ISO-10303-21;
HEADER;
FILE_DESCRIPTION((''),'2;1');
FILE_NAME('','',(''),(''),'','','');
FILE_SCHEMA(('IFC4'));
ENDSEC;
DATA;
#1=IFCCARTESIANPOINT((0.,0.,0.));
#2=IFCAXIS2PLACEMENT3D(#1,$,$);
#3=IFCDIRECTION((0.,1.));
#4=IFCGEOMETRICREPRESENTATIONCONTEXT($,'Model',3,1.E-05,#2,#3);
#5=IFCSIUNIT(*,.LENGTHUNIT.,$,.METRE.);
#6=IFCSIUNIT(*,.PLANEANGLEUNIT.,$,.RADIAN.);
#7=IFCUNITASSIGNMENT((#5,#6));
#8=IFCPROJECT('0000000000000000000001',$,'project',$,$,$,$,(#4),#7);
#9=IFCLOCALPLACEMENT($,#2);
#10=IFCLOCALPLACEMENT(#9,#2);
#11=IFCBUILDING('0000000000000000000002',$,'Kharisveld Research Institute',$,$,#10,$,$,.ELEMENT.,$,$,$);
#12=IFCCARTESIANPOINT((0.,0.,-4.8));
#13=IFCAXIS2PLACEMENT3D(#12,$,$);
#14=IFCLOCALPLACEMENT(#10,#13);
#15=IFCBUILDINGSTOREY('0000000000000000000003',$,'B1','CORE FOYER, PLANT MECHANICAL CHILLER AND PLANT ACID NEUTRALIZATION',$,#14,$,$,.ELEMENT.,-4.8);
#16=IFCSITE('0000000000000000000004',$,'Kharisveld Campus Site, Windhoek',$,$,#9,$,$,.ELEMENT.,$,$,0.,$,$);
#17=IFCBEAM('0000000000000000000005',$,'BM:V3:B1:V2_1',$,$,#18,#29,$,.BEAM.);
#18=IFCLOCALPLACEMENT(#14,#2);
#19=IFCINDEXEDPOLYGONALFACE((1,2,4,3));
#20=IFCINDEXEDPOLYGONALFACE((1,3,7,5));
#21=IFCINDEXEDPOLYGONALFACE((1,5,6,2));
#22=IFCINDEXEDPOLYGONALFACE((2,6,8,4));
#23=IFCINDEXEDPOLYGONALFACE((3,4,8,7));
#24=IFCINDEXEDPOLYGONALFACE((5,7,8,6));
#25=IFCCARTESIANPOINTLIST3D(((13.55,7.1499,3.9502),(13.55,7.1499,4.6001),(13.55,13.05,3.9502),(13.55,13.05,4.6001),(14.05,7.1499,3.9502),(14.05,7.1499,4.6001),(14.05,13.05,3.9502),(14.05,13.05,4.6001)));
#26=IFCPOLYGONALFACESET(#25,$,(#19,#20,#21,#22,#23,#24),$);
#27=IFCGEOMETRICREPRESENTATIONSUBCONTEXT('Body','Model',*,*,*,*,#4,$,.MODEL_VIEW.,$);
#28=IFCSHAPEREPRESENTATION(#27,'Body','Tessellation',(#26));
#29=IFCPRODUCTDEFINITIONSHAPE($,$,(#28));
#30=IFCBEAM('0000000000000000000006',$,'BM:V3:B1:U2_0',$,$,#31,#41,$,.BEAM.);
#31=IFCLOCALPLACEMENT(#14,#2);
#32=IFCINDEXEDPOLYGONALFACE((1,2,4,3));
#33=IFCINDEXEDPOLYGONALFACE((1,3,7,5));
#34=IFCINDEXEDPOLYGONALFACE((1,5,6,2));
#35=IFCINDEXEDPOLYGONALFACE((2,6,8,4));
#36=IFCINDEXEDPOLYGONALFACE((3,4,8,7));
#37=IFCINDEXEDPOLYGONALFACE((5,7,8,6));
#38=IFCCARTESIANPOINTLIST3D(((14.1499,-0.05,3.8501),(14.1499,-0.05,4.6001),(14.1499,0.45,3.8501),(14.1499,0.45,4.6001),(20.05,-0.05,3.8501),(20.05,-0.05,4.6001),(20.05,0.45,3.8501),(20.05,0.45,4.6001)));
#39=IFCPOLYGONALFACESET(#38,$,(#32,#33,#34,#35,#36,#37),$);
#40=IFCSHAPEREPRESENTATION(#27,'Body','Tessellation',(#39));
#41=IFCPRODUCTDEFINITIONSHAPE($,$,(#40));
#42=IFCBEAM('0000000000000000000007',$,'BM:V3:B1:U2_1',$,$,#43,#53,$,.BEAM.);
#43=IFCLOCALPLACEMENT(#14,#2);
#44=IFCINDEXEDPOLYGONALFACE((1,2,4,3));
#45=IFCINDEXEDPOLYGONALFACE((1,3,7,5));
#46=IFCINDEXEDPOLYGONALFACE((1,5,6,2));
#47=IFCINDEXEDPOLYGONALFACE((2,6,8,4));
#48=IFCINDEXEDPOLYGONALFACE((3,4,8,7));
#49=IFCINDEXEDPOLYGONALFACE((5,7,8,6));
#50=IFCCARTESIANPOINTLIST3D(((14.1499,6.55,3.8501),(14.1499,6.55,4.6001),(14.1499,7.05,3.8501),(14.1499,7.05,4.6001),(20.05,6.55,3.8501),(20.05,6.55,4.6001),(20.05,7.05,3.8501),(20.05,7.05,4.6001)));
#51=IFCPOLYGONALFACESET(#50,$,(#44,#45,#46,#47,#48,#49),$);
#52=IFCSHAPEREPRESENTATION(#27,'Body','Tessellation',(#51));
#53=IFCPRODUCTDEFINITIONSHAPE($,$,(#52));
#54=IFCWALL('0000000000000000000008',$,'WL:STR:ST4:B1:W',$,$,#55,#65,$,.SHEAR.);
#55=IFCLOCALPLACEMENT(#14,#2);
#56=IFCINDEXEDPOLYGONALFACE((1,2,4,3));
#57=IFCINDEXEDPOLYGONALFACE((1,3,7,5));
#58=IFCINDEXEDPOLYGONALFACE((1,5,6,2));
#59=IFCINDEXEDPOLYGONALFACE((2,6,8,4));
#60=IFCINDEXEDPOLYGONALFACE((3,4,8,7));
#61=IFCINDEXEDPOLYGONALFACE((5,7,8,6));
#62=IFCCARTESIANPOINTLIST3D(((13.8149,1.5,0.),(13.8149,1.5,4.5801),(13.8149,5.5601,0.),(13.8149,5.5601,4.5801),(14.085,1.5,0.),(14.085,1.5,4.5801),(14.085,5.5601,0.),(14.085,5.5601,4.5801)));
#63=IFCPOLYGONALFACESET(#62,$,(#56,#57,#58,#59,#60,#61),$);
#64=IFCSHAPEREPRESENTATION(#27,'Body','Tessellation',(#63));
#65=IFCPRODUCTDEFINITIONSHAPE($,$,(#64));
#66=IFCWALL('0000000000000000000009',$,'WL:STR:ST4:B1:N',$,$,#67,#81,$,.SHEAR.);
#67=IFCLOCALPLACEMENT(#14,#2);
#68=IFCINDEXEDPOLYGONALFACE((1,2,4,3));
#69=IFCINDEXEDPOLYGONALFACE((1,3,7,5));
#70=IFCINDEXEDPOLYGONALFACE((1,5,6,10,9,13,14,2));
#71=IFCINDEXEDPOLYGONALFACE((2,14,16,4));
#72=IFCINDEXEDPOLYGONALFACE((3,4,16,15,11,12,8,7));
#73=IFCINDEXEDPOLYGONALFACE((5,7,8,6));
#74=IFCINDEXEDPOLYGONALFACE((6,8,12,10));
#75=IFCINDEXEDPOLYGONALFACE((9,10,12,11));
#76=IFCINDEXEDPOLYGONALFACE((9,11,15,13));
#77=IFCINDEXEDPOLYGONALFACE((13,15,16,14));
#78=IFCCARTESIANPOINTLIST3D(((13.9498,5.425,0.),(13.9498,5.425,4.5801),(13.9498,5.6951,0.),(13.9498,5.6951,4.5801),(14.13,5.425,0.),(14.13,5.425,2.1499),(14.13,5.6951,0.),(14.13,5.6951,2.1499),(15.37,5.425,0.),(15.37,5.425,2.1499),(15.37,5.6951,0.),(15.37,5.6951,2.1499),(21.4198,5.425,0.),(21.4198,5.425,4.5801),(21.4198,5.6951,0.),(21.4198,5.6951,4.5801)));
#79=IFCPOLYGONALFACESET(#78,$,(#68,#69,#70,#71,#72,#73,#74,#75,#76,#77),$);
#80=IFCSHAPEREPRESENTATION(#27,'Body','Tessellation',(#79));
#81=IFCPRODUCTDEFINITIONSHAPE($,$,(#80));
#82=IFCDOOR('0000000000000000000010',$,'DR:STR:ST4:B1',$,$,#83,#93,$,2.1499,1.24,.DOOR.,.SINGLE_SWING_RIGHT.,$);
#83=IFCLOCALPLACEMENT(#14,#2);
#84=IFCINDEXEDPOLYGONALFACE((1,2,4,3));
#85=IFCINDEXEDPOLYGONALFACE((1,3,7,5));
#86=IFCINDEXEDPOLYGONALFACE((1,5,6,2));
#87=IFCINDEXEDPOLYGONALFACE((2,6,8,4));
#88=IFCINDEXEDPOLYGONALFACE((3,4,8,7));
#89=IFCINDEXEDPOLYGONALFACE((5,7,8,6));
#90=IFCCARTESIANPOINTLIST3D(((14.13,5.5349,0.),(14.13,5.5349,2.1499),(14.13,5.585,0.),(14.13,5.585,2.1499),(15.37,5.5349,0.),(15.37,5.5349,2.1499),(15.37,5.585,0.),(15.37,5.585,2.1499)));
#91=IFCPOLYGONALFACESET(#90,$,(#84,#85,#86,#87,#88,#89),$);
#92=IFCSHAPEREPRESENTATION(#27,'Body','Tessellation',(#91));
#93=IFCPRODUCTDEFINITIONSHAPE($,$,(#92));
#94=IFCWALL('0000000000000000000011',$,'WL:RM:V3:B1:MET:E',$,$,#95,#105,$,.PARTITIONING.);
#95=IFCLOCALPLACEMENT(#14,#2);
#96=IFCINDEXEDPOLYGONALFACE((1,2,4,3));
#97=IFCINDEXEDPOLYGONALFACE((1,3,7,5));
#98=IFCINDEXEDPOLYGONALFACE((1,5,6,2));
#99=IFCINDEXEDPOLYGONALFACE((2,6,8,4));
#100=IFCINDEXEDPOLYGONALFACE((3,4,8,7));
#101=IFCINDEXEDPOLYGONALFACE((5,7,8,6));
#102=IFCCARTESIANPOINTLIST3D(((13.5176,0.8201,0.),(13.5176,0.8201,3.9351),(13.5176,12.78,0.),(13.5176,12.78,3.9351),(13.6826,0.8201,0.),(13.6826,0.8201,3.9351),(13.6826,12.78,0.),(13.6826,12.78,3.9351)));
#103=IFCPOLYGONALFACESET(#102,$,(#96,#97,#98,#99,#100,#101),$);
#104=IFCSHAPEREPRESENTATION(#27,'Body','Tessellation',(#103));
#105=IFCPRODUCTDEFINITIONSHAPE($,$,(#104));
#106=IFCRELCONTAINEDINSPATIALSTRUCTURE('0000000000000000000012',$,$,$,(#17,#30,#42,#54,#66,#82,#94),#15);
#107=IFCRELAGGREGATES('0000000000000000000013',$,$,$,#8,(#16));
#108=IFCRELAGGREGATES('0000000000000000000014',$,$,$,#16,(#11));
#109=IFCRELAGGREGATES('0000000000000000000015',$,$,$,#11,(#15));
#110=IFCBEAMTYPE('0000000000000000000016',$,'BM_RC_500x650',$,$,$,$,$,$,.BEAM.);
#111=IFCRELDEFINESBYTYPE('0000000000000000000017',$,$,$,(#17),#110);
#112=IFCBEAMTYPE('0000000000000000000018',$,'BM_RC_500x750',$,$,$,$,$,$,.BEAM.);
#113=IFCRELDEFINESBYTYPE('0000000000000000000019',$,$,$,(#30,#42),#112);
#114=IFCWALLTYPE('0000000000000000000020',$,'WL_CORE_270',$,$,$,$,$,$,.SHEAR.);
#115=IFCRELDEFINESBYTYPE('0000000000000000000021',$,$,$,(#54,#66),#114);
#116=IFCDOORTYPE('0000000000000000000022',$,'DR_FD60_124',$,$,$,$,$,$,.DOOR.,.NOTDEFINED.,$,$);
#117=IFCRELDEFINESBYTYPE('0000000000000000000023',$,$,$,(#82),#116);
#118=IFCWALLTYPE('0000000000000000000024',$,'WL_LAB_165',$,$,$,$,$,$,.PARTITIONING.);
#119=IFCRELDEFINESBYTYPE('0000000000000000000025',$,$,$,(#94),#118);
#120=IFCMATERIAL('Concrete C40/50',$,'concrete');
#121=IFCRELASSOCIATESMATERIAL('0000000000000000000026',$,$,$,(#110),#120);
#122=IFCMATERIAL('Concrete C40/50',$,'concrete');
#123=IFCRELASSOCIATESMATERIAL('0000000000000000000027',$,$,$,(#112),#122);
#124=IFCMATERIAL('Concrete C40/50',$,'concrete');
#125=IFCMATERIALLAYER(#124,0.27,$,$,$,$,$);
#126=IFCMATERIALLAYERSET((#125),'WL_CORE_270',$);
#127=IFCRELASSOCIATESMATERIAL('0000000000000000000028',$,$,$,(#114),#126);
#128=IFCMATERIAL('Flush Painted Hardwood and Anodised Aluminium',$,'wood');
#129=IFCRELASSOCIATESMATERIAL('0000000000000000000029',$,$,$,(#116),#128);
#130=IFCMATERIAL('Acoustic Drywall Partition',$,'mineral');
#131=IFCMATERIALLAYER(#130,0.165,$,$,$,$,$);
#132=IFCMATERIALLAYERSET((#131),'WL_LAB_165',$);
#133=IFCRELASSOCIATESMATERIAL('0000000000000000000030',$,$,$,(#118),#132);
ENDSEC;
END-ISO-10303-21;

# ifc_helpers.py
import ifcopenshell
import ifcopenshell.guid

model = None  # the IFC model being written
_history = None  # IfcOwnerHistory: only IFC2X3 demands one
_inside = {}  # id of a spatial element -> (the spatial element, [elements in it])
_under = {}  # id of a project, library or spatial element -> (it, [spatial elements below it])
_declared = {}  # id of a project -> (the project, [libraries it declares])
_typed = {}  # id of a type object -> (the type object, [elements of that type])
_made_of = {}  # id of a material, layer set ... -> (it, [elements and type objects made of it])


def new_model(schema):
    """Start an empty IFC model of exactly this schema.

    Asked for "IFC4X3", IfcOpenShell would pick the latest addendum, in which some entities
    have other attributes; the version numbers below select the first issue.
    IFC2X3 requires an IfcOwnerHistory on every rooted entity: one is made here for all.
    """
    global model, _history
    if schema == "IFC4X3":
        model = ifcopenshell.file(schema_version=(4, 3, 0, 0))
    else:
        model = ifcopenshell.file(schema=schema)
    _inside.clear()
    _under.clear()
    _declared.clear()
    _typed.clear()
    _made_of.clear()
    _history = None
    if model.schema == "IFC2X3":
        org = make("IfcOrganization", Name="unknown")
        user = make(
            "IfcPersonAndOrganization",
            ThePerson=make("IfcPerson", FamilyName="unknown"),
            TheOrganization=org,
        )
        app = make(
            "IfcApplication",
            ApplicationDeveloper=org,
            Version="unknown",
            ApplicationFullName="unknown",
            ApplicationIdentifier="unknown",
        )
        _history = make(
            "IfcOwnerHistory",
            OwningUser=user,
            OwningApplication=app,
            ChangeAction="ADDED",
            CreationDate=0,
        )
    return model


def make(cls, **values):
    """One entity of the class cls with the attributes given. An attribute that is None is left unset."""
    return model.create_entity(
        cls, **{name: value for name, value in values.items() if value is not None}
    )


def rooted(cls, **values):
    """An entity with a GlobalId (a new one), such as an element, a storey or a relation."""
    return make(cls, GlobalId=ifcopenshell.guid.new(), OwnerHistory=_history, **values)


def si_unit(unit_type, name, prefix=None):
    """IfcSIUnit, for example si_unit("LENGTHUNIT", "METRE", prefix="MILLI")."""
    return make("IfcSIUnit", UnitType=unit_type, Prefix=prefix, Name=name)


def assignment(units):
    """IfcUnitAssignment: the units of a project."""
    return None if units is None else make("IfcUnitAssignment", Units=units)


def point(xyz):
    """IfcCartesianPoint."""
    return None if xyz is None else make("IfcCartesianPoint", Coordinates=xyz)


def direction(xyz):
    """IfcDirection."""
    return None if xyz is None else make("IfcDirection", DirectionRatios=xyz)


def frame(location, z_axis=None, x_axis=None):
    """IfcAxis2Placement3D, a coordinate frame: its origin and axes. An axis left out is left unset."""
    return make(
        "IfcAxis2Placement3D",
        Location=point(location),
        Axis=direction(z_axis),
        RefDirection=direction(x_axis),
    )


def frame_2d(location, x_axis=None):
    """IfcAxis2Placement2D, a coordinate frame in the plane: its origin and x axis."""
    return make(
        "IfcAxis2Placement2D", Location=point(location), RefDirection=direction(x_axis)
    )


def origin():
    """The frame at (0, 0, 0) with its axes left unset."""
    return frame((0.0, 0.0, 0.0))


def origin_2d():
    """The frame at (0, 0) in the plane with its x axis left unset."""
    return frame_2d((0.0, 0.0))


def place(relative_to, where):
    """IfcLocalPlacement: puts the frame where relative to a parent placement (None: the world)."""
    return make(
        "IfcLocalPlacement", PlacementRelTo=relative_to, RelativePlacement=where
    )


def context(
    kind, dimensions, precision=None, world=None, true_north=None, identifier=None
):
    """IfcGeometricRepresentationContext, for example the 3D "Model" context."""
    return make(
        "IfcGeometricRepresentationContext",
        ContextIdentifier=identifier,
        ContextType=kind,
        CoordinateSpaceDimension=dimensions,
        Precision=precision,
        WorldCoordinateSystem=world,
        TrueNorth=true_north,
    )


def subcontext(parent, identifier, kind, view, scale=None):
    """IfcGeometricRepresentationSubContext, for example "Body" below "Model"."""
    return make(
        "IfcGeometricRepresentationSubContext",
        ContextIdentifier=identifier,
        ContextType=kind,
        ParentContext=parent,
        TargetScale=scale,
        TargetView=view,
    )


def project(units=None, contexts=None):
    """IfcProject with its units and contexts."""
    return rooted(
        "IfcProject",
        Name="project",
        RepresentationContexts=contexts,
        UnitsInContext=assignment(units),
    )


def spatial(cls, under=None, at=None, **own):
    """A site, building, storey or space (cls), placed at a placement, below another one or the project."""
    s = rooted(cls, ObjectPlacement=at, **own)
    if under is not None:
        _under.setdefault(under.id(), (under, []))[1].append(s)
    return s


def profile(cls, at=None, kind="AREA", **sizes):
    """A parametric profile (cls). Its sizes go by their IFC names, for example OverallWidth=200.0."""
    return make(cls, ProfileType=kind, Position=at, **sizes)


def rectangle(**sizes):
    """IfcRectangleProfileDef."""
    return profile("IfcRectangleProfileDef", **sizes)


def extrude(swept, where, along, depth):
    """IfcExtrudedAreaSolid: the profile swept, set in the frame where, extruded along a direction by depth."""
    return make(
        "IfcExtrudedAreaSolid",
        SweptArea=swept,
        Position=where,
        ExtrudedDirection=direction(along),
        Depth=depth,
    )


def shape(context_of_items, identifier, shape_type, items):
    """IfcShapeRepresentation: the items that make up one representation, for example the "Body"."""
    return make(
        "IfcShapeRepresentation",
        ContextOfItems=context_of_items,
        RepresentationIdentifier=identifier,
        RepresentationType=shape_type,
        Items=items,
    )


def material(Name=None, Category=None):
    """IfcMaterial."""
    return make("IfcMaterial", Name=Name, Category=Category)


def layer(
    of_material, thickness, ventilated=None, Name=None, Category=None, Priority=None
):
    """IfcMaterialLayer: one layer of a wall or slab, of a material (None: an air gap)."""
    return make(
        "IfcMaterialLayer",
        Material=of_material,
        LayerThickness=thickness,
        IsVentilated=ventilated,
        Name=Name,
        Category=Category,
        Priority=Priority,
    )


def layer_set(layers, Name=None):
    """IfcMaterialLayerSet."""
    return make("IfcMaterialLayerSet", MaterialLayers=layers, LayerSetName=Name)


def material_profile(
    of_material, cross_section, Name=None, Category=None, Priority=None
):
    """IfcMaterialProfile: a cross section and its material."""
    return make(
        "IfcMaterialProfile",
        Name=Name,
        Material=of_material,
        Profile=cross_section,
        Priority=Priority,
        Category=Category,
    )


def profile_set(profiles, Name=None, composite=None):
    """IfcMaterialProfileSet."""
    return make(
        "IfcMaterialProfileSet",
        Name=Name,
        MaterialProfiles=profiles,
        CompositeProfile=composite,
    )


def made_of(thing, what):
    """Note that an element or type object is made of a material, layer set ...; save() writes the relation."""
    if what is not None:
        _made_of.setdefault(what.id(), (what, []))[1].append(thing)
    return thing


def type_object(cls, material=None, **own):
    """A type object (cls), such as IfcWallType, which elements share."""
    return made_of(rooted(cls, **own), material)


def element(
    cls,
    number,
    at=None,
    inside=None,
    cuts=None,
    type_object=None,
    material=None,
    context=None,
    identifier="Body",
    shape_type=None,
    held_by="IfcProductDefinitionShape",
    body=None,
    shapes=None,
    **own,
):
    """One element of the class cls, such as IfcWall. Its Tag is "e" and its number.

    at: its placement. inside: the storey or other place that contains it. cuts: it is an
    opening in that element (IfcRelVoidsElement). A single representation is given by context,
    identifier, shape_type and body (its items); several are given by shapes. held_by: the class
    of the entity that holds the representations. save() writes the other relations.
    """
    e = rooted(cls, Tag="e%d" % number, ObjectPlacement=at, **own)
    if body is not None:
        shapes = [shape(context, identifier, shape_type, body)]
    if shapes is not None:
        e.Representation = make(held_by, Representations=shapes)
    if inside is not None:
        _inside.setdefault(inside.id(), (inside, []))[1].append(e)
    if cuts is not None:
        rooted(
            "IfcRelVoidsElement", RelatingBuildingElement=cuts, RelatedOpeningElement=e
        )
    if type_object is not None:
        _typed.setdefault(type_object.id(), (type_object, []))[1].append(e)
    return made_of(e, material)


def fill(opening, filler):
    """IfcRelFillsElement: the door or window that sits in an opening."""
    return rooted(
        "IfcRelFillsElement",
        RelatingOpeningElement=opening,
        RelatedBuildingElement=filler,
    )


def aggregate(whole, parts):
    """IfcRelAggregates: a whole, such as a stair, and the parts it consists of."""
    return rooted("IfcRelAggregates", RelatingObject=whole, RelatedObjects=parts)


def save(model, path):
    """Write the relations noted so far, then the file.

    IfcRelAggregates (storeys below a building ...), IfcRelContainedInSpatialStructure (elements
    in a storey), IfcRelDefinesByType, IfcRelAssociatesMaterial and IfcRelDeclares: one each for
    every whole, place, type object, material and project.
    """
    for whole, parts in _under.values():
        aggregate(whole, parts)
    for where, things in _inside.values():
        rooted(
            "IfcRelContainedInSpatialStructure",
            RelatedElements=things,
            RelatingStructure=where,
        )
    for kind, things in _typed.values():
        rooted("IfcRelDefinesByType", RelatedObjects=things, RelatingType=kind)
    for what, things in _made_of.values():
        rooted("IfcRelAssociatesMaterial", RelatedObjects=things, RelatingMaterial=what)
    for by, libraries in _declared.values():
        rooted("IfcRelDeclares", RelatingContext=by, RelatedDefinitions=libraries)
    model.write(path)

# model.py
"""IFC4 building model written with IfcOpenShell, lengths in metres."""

from ifc_helpers import new_model, si_unit, direction, frame, frame_2d, origin, origin_2d, place, context, subcontext, project, spatial, rectangle, extrude, material, layer, layer_set, material_profile, profile_set, type_object, element, fill, save


model = new_model("IFC4")

# Units and contexts
model_context = context("Model", 3, precision=1e-05, world=origin(), true_north=direction((0.0, 1.0)))
body_context = subcontext(model_context, "Body", "Model", "MODEL_VIEW")
ifc_project = project(units=[si_unit("LENGTHUNIT", "METRE"), si_unit("PLANEANGLEUNIT", "RADIAN")], contexts=[model_context])

# Site, building, storey
site_placement = place(None, origin())
site = spatial("IfcSite", under=ifc_project, at=site_placement, Name="Kharisveld Campus Site, Windhoek", CompositionType="ELEMENT", RefElevation=0.0)
building_placement = place(site_placement, origin())
building = spatial("IfcBuilding", under=site, at=building_placement, Name="Kharisveld Research Institute", CompositionType="ELEMENT")
storey_placement = place(building_placement, frame((0.0, 0.0, -4.8)))
storey = spatial("IfcBuildingStorey", under=building, at=storey_placement, Name="B1", Description="CORE FOYER, PLANT MECHANICAL CHILLER AND PLANT ACID NEUTRALIZATION", CompositionType="ELEMENT", Elevation=-4.8)

# Beams
ifc_material_1 = material(Name="Concrete C40/50", Category="concrete")
ifc_material_profile_1 = material_profile(ifc_material_1, rectangle(XDim=0.5, YDim=0.6499, at=origin_2d()))
ifc_profile_set_1 = profile_set([ifc_material_profile_1], Name="Concrete C40/50")
beam_type_1 = type_object("IfcBeamType", Name="BM_RC_500x650", PredefinedType="BEAM", material=ifc_profile_set_1)
beam_1_placement = place(storey_placement, frame((13.8, 7.1499, 4.2751), z_axis=(0.0, 1.0, 0.0), x_axis=(-1.0, 0.0, 0.0)))
element("IfcBeam", 1, at=beam_1_placement, inside=storey, type_object=beam_type_1, Name="BM:V3:B1:V2_1", PredefinedType="BEAM", context=body_context, shape_type="SweptSolid", body=[
    extrude(rectangle(XDim=0.5, YDim=0.6499, at=origin_2d()), origin(), (0.0, 0.0, 1.0), 5.9001),
])
ifc_material_2 = material(Name="Concrete C40/50", Category="concrete")
ifc_material_profile_2 = material_profile(ifc_material_2, rectangle(XDim=0.5, YDim=0.75, at=origin_2d()))
ifc_profile_set_2 = profile_set([ifc_material_profile_2], Name="Concrete C40/50")
beam_type_2 = type_object("IfcBeamType", Name="BM_RC_500x750", PredefinedType="BEAM", material=ifc_profile_set_2)
for number, where, z_axis, x_axis, name in (
    (2, (14.1499, 0.2, 4.2251), (1.0, 0.0, 0.0), (0.0, 1.0, 0.0), "BM:V3:B1:U2_0"),
    (3, (14.1499, 6.8, 4.2251), (1.0, 0.0, 0.0), (0.0, 1.0, 0.0), "BM:V3:B1:U2_1"),
):
    element("IfcBeam", number, at=place(storey_placement, frame(where, z_axis=z_axis, x_axis=x_axis)), inside=storey, type_object=beam_type_2, Name=name, PredefinedType="BEAM", context=body_context, shape_type="SweptSolid", body=[
        extrude(rectangle(XDim=0.5, YDim=0.75, at=origin_2d()), origin(), (0.0, 0.0, 1.0), 5.9001),
    ])

# Wall
ifc_material_3 = material(Name="Concrete C40/50", Category="concrete")
ifc_layer_1 = layer(ifc_material_3, 0.27)
ifc_layer_set_1 = layer_set([ifc_layer_1], Name="WL_CORE_270")
wall_type_1 = type_object("IfcWallType", Name="WL_CORE_270", PredefinedType="SHEAR", material=ifc_layer_set_1)
wall_1_placement = place(storey_placement, frame((13.95, 1.5, 0.0), z_axis=(0.0, 0.0, 1.0), x_axis=(0.0, 1.0, 0.0)))
element("IfcWall", 4, at=wall_1_placement, inside=storey, type_object=wall_type_1, Name="WL:STR:ST4:B1:W", PredefinedType="SHEAR", context=body_context, shape_type="SweptSolid", body=[
    extrude(rectangle(XDim=4.0601, YDim=0.27, at=frame_2d((2.03, 0.0))), origin(), (0.0, 0.0, 1.0), 4.5801),
])

# Wall, opening, door
wall_2_placement = place(storey_placement, frame((13.95, 5.5601, 0.0), z_axis=(0.0, 0.0, 1.0), x_axis=(1.0, 0.0, 0.0)))
wall_2 = element("IfcWall", 5, at=wall_2_placement, inside=storey, type_object=wall_type_1, Name="WL:STR:ST4:B1:N", PredefinedType="SHEAR", context=body_context, shape_type="SweptSolid", body=[
    extrude(rectangle(XDim=7.47, YDim=0.27, at=frame_2d((3.7349, 0.0))), origin(), (0.0, 0.0, 1.0), 4.5801),
])
opening_placement = place(wall_2_placement, frame((0.1799, 0.0, 0.0)))
opening = element("IfcOpeningElement", 6, at=opening_placement, cuts=wall_2, PredefinedType="OPENING", context=body_context, shape_type="SweptSolid", body=[
    extrude(rectangle(XDim=1.24, YDim=2.1499, at=frame_2d((0.6201, 1.075))), frame((0.0, 0.135, 0.0), z_axis=(0.0, -1.0, 0.0), x_axis=(1.0, 0.0, 0.0)), (0.0, 0.0, 1.0), 0.27),
])
ifc_material_4 = material(Name="Flush Painted Hardwood and Anodised Aluminium", Category="wood")
door_type = type_object("IfcDoorType", Name="DR_FD60_124", OperationType="NOTDEFINED", PredefinedType="DOOR", material=ifc_material_4)
door_placement = place(opening_placement, origin())
door = element("IfcDoor", 7, at=door_placement, inside=storey, type_object=door_type, Name="DR:STR:ST4:B1", OperationType="SINGLE_SWING_RIGHT", OverallHeight=2.1499, OverallWidth=1.24, PredefinedType="DOOR", context=body_context, shape_type="SweptSolid", body=[
    extrude(rectangle(XDim=1.24, YDim=2.1499, at=frame_2d((0.6201, 1.075))), frame((0.0, 0.0249, 0.0), z_axis=(0.0, -1.0, 0.0), x_axis=(1.0, 0.0, 0.0)), (0.0, 0.0, 1.0), 0.05),
])
fill(opening, door)

# Wall
ifc_material_5 = material(Name="Acoustic Drywall Partition", Category="mineral")
ifc_layer_2 = layer(ifc_material_5, 0.165)
ifc_layer_set_2 = layer_set([ifc_layer_2], Name="WL_LAB_165")
wall_type_2 = type_object("IfcWallType", Name="WL_LAB_165", PredefinedType="PARTITIONING", material=ifc_layer_set_2)
wall_3_placement = place(storey_placement, frame((13.6001, 0.8201, 0.0), z_axis=(0.0, 0.0, 1.0), x_axis=(0.0, 1.0, 0.0)))
element("IfcWall", 8, at=wall_3_placement, inside=storey, type_object=wall_type_2, Name="WL:RM:V3:B1:MET:E", PredefinedType="PARTITIONING", context=body_context, shape_type="SweptSolid", body=[
    extrude(rectangle(XDim=11.96, YDim=0.165, at=frame_2d((5.98, 0.0))), origin(), (0.0, 0.0, 1.0), 3.9351),
])

save(model, "model.ifc")
